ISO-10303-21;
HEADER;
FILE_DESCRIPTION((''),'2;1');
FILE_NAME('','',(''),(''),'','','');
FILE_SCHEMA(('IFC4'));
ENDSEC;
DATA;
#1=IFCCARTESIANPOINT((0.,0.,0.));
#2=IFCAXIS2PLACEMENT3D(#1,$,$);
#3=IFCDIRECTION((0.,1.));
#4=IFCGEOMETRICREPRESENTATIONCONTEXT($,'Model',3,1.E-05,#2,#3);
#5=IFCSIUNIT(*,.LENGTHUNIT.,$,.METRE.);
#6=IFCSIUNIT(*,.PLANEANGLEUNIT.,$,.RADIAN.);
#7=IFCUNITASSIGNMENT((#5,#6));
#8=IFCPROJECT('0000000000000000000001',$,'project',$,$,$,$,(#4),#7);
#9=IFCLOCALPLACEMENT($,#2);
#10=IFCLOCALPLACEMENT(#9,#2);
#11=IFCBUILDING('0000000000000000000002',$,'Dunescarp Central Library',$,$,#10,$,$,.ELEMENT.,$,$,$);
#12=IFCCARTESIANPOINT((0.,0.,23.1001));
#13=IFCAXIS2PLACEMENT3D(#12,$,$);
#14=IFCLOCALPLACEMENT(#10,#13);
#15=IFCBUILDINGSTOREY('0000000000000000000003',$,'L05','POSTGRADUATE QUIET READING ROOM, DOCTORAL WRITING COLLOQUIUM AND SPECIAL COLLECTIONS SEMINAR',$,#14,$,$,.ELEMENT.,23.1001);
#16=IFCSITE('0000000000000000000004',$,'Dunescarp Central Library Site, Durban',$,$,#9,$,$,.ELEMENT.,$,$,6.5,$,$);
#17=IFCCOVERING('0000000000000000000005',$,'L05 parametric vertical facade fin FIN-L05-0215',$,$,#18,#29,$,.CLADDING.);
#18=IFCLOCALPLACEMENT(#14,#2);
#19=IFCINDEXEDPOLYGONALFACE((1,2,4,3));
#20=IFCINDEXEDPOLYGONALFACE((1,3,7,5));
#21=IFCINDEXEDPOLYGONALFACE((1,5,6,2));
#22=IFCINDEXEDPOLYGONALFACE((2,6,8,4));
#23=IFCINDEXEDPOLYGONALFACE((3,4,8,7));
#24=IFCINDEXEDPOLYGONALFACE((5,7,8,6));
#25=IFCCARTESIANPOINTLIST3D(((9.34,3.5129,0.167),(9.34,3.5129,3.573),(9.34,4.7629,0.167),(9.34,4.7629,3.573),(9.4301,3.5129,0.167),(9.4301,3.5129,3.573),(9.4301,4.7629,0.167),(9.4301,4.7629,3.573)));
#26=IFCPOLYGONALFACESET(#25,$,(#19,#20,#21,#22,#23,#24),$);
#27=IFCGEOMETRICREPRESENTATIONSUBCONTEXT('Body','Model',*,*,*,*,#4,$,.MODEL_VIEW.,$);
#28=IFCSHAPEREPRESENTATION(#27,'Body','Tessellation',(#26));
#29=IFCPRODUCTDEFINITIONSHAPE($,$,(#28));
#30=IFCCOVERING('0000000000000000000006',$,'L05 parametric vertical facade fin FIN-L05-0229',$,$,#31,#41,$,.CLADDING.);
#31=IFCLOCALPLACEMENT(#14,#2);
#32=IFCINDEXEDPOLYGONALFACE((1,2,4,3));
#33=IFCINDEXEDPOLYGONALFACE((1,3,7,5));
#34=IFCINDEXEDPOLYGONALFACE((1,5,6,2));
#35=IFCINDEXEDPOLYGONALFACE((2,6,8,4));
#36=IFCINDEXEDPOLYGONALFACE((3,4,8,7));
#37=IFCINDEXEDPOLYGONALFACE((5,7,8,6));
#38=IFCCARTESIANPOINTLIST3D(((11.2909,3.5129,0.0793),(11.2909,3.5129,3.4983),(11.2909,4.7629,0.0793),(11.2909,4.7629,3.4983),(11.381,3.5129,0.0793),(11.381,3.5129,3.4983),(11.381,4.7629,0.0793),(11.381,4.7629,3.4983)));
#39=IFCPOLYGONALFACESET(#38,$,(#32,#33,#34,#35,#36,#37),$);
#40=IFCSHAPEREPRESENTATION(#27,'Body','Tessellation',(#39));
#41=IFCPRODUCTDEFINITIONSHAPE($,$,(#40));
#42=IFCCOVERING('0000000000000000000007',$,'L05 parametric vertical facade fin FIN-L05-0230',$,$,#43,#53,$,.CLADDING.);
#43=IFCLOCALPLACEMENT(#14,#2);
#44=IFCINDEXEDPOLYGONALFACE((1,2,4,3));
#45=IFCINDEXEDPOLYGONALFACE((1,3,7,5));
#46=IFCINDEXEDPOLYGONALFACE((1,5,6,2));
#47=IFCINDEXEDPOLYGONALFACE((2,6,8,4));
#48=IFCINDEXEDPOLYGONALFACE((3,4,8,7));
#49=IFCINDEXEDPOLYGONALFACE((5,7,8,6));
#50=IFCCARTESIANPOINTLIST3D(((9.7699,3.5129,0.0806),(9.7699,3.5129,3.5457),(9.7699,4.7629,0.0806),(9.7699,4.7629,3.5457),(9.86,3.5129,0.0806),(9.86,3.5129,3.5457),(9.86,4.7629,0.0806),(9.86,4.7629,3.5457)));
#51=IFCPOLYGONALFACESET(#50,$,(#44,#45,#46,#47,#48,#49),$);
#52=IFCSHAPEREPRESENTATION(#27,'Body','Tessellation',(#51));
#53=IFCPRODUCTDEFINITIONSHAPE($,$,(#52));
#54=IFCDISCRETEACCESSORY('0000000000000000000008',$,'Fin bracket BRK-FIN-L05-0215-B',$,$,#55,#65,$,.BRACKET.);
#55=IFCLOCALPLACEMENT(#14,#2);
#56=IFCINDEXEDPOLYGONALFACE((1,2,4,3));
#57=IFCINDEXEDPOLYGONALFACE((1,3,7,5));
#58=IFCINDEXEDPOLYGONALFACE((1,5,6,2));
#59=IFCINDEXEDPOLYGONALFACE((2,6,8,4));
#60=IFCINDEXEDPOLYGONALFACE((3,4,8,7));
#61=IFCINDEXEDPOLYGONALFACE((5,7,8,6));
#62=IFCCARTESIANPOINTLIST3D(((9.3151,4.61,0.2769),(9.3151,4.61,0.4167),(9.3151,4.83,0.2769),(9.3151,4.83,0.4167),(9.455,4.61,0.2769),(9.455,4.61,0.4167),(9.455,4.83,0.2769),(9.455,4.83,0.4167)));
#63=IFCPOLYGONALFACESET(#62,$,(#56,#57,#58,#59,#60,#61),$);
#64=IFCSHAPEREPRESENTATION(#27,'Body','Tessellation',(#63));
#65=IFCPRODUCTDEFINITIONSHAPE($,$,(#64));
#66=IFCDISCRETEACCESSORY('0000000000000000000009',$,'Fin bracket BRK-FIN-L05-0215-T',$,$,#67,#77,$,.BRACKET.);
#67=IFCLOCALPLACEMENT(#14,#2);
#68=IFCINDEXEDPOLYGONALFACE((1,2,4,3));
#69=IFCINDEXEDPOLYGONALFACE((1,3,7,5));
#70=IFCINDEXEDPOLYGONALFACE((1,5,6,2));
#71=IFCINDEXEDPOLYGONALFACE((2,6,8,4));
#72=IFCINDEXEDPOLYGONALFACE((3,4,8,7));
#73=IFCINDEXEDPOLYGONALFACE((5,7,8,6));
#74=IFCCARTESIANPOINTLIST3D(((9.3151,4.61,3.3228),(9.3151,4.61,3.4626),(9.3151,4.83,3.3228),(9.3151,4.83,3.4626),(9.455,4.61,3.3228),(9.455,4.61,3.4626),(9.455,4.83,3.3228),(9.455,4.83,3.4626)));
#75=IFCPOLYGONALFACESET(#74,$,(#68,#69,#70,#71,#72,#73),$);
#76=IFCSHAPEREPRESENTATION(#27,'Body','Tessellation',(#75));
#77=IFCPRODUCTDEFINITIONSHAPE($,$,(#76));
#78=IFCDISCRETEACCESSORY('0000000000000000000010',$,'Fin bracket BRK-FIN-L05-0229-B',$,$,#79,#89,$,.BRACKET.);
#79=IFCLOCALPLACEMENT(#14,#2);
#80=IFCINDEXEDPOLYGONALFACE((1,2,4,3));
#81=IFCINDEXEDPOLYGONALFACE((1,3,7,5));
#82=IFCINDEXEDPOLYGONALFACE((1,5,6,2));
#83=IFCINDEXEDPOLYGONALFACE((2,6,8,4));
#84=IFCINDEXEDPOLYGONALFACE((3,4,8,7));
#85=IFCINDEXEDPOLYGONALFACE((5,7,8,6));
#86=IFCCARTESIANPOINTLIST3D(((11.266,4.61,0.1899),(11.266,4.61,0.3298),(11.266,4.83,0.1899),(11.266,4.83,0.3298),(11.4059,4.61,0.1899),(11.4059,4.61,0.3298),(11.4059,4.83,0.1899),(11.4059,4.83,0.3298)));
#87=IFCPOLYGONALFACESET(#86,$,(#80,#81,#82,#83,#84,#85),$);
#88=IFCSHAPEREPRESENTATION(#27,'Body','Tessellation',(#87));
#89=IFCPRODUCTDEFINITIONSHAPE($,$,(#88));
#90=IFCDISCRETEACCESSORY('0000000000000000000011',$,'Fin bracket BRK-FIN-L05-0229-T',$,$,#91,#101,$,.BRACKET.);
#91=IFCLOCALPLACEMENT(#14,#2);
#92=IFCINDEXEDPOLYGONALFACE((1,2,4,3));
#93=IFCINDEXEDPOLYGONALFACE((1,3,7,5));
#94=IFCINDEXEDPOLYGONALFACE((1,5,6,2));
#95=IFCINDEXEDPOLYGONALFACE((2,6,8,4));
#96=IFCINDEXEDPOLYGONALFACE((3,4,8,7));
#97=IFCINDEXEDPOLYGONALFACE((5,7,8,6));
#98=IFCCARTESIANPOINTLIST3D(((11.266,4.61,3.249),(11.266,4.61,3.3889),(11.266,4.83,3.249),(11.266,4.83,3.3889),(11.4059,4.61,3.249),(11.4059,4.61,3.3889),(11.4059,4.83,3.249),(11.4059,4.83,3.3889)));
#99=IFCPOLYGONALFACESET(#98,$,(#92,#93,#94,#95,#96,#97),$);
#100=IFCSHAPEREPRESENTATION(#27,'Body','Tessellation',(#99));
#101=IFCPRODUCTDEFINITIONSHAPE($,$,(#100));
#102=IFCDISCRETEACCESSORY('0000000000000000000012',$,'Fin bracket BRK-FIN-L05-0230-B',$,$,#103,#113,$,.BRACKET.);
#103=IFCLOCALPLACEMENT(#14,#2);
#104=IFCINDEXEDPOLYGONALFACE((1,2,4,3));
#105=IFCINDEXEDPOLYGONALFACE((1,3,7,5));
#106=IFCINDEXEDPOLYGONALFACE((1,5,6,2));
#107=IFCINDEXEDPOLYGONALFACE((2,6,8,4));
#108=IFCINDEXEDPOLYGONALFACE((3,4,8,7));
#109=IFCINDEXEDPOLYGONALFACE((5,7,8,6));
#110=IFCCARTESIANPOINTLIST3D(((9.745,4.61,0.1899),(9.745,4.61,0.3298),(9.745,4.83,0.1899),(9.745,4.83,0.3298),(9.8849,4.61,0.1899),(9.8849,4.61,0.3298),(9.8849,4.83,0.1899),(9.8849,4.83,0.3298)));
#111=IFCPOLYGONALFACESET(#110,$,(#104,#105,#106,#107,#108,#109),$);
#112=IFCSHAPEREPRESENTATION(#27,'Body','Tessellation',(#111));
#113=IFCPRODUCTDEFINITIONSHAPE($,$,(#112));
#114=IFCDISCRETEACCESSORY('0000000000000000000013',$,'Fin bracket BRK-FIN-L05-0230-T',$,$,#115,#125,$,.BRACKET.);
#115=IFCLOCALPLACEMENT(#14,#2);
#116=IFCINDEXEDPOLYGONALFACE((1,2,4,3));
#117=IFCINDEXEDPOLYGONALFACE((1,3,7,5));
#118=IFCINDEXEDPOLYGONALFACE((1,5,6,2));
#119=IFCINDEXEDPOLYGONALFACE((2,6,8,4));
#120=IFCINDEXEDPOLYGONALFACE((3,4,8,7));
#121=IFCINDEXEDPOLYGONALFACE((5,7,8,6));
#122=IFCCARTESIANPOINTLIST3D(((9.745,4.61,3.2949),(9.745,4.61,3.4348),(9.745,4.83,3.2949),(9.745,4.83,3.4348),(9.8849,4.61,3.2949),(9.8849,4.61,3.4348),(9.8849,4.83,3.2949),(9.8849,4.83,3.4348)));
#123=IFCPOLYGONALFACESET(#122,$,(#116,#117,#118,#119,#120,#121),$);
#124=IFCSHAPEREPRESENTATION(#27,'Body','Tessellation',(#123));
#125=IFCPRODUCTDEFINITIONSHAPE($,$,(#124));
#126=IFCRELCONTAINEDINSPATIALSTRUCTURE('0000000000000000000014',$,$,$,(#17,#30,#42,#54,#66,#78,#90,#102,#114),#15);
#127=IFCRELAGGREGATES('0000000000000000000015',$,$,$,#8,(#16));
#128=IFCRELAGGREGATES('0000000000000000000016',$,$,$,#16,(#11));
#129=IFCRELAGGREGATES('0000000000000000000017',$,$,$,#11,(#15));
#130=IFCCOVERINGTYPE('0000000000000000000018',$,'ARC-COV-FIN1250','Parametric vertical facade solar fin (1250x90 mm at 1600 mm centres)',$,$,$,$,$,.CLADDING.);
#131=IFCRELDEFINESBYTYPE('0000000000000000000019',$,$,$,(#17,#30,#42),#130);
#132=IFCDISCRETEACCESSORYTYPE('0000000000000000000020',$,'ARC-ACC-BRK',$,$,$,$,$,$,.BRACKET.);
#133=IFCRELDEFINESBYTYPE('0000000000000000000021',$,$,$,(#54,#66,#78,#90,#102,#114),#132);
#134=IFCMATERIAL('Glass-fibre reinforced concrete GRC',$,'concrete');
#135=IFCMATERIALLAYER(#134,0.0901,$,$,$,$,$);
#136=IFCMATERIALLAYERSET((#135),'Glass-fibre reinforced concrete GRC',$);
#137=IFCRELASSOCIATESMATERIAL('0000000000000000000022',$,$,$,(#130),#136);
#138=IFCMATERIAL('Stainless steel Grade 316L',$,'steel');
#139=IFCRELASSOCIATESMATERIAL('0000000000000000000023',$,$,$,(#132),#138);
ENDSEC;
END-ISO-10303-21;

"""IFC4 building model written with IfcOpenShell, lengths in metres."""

from ifc_helpers import new_model, si_unit, direction, frame, origin, origin_2d, place, context, subcontext, project, spatial, rectangle, extrude, material, layer, layer_set, type_object, element, save


model = new_model("IFC4")

# Units and contexts
model_context = context("Model", 3, precision=1e-05, world=origin(), true_north=direction((0.0, 1.0)))
body_context = subcontext(model_context, "Body", "Model", "MODEL_VIEW")
ifc_project = project(units=[si_unit("LENGTHUNIT", "METRE"), si_unit("PLANEANGLEUNIT", "RADIAN")], contexts=[model_context])

# Site, building, storey
site_placement = place(None, origin())
site = spatial("IfcSite", under=ifc_project, at=site_placement, Name="Dunescarp Central Library Site, Durban", CompositionType="ELEMENT", RefElevation=6.5)
building_placement = place(site_placement, origin())
building = spatial("IfcBuilding", under=site, at=building_placement, Name="Dunescarp Central Library", CompositionType="ELEMENT")
storey_placement = place(building_placement, frame((0.0, 0.0, 23.1001)))
storey = spatial("IfcBuildingStorey", under=building, at=storey_placement, Name="L05", Description="POSTGRADUATE QUIET READING ROOM, DOCTORAL WRITING COLLOQUIUM AND SPECIAL COLLECTIONS SEMINAR", CompositionType="ELEMENT", Elevation=23.1001)

# Coverings
ifc_material_1 = material(Name="Glass-fibre reinforced concrete GRC", Category="concrete")
ifc_layer_1 = layer(ifc_material_1, 0.0901)
ifc_layer_set_1 = layer_set([ifc_layer_1], Name="Glass-fibre reinforced concrete GRC")
covering_type = type_object("IfcCoveringType", Name="ARC-COV-FIN1250", Description="Parametric vertical facade solar fin (1250x90 mm at 1600 mm centres)", PredefinedType="CLADDING", material=ifc_layer_set_1)
covering_1_placement = place(storey_placement, frame((9.385, 4.1379, 0.167), z_axis=(0.0, 0.0, 1.0), x_axis=(0.0, -1.0, 0.0)))
element("IfcCovering", 1, at=covering_1_placement, inside=storey, type_object=covering_type, Name="L05 parametric vertical facade fin FIN-L05-0215", PredefinedType="CLADDING", context=body_context, shape_type="SweptSolid", body=[
    extrude(rectangle(XDim=1.25, YDim=0.0901, at=origin_2d()), origin(), (0.0, 0.0, 1.0), 3.406),
])
covering_2_placement = place(storey_placement, frame((11.3359, 4.1379, 0.0793), z_axis=(0.0, 0.0, 1.0), x_axis=(0.0, -1.0, 0.0)))
element("IfcCovering", 2, at=covering_2_placement, inside=storey, type_object=covering_type, Name="L05 parametric vertical facade fin FIN-L05-0229", PredefinedType="CLADDING", context=body_context, shape_type="SweptSolid", body=[
    extrude(rectangle(XDim=1.25, YDim=0.0901, at=origin_2d()), origin(), (0.0, 0.0, 1.0), 3.4189),
])
covering_3_placement = place(storey_placement, frame((9.8149, 4.1379, 0.0806), z_axis=(0.0, 0.0, 1.0), x_axis=(0.0, -1.0, 0.0)))
element("IfcCovering", 3, at=covering_3_placement, inside=storey, type_object=covering_type, Name="L05 parametric vertical facade fin FIN-L05-0230", PredefinedType="CLADDING", context=body_context, shape_type="SweptSolid", body=[
    extrude(rectangle(XDim=1.25, YDim=0.0901, at=origin_2d()), origin(), (0.0, 0.0, 1.0), 3.4651),
])

# Discrete accessories
ifc_material_2 = material(Name="Stainless steel Grade 316L", Category="steel")
discrete_accessory_type = type_object("IfcDiscreteAccessoryType", Name="ARC-ACC-BRK", PredefinedType="BRACKET", material=ifc_material_2)
for number, where, z_axis, x_axis, name in (
    (4, (9.385, 4.72, 0.2769), (0.0, 0.0, 1.0), (0.0, -1.0, 0.0), "Fin bracket BRK-FIN-L05-0215-B"),
    (5, (9.385, 4.72, 3.3228), (0.0, 0.0, 1.0), (0.0, -1.0, 0.0), "Fin bracket BRK-FIN-L05-0215-T"),
    (6, (11.3359, 4.72, 0.1899), (0.0, 0.0, 1.0), (0.0, -1.0, 0.0), "Fin bracket BRK-FIN-L05-0229-B"),
    (7, (11.3359, 4.72, 3.249), (0.0, 0.0, 1.0), (0.0, -1.0, 0.0), "Fin bracket BRK-FIN-L05-0229-T"),
    (8, (9.8149, 4.72, 0.1899), (0.0, 0.0, 1.0), (0.0, -1.0, 0.0), "Fin bracket BRK-FIN-L05-0230-B"),
    (9, (9.8149, 4.72, 3.2949), (0.0, 0.0, 1.0), (0.0, -1.0, 0.0), "Fin bracket BRK-FIN-L05-0230-T"),
):
    element("IfcDiscreteAccessory", number, at=place(storey_placement, frame(where, z_axis=z_axis, x_axis=x_axis)), inside=storey, type_object=discrete_accessory_type, Name=name, PredefinedType="BRACKET", context=body_context, shape_type="SweptSolid", body=[
        extrude(rectangle(XDim=0.22, YDim=0.1399, at=origin_2d()), origin(), (0.0, 0.0, 1.0), 0.1399),
    ])

save(model, "model.ifc")
